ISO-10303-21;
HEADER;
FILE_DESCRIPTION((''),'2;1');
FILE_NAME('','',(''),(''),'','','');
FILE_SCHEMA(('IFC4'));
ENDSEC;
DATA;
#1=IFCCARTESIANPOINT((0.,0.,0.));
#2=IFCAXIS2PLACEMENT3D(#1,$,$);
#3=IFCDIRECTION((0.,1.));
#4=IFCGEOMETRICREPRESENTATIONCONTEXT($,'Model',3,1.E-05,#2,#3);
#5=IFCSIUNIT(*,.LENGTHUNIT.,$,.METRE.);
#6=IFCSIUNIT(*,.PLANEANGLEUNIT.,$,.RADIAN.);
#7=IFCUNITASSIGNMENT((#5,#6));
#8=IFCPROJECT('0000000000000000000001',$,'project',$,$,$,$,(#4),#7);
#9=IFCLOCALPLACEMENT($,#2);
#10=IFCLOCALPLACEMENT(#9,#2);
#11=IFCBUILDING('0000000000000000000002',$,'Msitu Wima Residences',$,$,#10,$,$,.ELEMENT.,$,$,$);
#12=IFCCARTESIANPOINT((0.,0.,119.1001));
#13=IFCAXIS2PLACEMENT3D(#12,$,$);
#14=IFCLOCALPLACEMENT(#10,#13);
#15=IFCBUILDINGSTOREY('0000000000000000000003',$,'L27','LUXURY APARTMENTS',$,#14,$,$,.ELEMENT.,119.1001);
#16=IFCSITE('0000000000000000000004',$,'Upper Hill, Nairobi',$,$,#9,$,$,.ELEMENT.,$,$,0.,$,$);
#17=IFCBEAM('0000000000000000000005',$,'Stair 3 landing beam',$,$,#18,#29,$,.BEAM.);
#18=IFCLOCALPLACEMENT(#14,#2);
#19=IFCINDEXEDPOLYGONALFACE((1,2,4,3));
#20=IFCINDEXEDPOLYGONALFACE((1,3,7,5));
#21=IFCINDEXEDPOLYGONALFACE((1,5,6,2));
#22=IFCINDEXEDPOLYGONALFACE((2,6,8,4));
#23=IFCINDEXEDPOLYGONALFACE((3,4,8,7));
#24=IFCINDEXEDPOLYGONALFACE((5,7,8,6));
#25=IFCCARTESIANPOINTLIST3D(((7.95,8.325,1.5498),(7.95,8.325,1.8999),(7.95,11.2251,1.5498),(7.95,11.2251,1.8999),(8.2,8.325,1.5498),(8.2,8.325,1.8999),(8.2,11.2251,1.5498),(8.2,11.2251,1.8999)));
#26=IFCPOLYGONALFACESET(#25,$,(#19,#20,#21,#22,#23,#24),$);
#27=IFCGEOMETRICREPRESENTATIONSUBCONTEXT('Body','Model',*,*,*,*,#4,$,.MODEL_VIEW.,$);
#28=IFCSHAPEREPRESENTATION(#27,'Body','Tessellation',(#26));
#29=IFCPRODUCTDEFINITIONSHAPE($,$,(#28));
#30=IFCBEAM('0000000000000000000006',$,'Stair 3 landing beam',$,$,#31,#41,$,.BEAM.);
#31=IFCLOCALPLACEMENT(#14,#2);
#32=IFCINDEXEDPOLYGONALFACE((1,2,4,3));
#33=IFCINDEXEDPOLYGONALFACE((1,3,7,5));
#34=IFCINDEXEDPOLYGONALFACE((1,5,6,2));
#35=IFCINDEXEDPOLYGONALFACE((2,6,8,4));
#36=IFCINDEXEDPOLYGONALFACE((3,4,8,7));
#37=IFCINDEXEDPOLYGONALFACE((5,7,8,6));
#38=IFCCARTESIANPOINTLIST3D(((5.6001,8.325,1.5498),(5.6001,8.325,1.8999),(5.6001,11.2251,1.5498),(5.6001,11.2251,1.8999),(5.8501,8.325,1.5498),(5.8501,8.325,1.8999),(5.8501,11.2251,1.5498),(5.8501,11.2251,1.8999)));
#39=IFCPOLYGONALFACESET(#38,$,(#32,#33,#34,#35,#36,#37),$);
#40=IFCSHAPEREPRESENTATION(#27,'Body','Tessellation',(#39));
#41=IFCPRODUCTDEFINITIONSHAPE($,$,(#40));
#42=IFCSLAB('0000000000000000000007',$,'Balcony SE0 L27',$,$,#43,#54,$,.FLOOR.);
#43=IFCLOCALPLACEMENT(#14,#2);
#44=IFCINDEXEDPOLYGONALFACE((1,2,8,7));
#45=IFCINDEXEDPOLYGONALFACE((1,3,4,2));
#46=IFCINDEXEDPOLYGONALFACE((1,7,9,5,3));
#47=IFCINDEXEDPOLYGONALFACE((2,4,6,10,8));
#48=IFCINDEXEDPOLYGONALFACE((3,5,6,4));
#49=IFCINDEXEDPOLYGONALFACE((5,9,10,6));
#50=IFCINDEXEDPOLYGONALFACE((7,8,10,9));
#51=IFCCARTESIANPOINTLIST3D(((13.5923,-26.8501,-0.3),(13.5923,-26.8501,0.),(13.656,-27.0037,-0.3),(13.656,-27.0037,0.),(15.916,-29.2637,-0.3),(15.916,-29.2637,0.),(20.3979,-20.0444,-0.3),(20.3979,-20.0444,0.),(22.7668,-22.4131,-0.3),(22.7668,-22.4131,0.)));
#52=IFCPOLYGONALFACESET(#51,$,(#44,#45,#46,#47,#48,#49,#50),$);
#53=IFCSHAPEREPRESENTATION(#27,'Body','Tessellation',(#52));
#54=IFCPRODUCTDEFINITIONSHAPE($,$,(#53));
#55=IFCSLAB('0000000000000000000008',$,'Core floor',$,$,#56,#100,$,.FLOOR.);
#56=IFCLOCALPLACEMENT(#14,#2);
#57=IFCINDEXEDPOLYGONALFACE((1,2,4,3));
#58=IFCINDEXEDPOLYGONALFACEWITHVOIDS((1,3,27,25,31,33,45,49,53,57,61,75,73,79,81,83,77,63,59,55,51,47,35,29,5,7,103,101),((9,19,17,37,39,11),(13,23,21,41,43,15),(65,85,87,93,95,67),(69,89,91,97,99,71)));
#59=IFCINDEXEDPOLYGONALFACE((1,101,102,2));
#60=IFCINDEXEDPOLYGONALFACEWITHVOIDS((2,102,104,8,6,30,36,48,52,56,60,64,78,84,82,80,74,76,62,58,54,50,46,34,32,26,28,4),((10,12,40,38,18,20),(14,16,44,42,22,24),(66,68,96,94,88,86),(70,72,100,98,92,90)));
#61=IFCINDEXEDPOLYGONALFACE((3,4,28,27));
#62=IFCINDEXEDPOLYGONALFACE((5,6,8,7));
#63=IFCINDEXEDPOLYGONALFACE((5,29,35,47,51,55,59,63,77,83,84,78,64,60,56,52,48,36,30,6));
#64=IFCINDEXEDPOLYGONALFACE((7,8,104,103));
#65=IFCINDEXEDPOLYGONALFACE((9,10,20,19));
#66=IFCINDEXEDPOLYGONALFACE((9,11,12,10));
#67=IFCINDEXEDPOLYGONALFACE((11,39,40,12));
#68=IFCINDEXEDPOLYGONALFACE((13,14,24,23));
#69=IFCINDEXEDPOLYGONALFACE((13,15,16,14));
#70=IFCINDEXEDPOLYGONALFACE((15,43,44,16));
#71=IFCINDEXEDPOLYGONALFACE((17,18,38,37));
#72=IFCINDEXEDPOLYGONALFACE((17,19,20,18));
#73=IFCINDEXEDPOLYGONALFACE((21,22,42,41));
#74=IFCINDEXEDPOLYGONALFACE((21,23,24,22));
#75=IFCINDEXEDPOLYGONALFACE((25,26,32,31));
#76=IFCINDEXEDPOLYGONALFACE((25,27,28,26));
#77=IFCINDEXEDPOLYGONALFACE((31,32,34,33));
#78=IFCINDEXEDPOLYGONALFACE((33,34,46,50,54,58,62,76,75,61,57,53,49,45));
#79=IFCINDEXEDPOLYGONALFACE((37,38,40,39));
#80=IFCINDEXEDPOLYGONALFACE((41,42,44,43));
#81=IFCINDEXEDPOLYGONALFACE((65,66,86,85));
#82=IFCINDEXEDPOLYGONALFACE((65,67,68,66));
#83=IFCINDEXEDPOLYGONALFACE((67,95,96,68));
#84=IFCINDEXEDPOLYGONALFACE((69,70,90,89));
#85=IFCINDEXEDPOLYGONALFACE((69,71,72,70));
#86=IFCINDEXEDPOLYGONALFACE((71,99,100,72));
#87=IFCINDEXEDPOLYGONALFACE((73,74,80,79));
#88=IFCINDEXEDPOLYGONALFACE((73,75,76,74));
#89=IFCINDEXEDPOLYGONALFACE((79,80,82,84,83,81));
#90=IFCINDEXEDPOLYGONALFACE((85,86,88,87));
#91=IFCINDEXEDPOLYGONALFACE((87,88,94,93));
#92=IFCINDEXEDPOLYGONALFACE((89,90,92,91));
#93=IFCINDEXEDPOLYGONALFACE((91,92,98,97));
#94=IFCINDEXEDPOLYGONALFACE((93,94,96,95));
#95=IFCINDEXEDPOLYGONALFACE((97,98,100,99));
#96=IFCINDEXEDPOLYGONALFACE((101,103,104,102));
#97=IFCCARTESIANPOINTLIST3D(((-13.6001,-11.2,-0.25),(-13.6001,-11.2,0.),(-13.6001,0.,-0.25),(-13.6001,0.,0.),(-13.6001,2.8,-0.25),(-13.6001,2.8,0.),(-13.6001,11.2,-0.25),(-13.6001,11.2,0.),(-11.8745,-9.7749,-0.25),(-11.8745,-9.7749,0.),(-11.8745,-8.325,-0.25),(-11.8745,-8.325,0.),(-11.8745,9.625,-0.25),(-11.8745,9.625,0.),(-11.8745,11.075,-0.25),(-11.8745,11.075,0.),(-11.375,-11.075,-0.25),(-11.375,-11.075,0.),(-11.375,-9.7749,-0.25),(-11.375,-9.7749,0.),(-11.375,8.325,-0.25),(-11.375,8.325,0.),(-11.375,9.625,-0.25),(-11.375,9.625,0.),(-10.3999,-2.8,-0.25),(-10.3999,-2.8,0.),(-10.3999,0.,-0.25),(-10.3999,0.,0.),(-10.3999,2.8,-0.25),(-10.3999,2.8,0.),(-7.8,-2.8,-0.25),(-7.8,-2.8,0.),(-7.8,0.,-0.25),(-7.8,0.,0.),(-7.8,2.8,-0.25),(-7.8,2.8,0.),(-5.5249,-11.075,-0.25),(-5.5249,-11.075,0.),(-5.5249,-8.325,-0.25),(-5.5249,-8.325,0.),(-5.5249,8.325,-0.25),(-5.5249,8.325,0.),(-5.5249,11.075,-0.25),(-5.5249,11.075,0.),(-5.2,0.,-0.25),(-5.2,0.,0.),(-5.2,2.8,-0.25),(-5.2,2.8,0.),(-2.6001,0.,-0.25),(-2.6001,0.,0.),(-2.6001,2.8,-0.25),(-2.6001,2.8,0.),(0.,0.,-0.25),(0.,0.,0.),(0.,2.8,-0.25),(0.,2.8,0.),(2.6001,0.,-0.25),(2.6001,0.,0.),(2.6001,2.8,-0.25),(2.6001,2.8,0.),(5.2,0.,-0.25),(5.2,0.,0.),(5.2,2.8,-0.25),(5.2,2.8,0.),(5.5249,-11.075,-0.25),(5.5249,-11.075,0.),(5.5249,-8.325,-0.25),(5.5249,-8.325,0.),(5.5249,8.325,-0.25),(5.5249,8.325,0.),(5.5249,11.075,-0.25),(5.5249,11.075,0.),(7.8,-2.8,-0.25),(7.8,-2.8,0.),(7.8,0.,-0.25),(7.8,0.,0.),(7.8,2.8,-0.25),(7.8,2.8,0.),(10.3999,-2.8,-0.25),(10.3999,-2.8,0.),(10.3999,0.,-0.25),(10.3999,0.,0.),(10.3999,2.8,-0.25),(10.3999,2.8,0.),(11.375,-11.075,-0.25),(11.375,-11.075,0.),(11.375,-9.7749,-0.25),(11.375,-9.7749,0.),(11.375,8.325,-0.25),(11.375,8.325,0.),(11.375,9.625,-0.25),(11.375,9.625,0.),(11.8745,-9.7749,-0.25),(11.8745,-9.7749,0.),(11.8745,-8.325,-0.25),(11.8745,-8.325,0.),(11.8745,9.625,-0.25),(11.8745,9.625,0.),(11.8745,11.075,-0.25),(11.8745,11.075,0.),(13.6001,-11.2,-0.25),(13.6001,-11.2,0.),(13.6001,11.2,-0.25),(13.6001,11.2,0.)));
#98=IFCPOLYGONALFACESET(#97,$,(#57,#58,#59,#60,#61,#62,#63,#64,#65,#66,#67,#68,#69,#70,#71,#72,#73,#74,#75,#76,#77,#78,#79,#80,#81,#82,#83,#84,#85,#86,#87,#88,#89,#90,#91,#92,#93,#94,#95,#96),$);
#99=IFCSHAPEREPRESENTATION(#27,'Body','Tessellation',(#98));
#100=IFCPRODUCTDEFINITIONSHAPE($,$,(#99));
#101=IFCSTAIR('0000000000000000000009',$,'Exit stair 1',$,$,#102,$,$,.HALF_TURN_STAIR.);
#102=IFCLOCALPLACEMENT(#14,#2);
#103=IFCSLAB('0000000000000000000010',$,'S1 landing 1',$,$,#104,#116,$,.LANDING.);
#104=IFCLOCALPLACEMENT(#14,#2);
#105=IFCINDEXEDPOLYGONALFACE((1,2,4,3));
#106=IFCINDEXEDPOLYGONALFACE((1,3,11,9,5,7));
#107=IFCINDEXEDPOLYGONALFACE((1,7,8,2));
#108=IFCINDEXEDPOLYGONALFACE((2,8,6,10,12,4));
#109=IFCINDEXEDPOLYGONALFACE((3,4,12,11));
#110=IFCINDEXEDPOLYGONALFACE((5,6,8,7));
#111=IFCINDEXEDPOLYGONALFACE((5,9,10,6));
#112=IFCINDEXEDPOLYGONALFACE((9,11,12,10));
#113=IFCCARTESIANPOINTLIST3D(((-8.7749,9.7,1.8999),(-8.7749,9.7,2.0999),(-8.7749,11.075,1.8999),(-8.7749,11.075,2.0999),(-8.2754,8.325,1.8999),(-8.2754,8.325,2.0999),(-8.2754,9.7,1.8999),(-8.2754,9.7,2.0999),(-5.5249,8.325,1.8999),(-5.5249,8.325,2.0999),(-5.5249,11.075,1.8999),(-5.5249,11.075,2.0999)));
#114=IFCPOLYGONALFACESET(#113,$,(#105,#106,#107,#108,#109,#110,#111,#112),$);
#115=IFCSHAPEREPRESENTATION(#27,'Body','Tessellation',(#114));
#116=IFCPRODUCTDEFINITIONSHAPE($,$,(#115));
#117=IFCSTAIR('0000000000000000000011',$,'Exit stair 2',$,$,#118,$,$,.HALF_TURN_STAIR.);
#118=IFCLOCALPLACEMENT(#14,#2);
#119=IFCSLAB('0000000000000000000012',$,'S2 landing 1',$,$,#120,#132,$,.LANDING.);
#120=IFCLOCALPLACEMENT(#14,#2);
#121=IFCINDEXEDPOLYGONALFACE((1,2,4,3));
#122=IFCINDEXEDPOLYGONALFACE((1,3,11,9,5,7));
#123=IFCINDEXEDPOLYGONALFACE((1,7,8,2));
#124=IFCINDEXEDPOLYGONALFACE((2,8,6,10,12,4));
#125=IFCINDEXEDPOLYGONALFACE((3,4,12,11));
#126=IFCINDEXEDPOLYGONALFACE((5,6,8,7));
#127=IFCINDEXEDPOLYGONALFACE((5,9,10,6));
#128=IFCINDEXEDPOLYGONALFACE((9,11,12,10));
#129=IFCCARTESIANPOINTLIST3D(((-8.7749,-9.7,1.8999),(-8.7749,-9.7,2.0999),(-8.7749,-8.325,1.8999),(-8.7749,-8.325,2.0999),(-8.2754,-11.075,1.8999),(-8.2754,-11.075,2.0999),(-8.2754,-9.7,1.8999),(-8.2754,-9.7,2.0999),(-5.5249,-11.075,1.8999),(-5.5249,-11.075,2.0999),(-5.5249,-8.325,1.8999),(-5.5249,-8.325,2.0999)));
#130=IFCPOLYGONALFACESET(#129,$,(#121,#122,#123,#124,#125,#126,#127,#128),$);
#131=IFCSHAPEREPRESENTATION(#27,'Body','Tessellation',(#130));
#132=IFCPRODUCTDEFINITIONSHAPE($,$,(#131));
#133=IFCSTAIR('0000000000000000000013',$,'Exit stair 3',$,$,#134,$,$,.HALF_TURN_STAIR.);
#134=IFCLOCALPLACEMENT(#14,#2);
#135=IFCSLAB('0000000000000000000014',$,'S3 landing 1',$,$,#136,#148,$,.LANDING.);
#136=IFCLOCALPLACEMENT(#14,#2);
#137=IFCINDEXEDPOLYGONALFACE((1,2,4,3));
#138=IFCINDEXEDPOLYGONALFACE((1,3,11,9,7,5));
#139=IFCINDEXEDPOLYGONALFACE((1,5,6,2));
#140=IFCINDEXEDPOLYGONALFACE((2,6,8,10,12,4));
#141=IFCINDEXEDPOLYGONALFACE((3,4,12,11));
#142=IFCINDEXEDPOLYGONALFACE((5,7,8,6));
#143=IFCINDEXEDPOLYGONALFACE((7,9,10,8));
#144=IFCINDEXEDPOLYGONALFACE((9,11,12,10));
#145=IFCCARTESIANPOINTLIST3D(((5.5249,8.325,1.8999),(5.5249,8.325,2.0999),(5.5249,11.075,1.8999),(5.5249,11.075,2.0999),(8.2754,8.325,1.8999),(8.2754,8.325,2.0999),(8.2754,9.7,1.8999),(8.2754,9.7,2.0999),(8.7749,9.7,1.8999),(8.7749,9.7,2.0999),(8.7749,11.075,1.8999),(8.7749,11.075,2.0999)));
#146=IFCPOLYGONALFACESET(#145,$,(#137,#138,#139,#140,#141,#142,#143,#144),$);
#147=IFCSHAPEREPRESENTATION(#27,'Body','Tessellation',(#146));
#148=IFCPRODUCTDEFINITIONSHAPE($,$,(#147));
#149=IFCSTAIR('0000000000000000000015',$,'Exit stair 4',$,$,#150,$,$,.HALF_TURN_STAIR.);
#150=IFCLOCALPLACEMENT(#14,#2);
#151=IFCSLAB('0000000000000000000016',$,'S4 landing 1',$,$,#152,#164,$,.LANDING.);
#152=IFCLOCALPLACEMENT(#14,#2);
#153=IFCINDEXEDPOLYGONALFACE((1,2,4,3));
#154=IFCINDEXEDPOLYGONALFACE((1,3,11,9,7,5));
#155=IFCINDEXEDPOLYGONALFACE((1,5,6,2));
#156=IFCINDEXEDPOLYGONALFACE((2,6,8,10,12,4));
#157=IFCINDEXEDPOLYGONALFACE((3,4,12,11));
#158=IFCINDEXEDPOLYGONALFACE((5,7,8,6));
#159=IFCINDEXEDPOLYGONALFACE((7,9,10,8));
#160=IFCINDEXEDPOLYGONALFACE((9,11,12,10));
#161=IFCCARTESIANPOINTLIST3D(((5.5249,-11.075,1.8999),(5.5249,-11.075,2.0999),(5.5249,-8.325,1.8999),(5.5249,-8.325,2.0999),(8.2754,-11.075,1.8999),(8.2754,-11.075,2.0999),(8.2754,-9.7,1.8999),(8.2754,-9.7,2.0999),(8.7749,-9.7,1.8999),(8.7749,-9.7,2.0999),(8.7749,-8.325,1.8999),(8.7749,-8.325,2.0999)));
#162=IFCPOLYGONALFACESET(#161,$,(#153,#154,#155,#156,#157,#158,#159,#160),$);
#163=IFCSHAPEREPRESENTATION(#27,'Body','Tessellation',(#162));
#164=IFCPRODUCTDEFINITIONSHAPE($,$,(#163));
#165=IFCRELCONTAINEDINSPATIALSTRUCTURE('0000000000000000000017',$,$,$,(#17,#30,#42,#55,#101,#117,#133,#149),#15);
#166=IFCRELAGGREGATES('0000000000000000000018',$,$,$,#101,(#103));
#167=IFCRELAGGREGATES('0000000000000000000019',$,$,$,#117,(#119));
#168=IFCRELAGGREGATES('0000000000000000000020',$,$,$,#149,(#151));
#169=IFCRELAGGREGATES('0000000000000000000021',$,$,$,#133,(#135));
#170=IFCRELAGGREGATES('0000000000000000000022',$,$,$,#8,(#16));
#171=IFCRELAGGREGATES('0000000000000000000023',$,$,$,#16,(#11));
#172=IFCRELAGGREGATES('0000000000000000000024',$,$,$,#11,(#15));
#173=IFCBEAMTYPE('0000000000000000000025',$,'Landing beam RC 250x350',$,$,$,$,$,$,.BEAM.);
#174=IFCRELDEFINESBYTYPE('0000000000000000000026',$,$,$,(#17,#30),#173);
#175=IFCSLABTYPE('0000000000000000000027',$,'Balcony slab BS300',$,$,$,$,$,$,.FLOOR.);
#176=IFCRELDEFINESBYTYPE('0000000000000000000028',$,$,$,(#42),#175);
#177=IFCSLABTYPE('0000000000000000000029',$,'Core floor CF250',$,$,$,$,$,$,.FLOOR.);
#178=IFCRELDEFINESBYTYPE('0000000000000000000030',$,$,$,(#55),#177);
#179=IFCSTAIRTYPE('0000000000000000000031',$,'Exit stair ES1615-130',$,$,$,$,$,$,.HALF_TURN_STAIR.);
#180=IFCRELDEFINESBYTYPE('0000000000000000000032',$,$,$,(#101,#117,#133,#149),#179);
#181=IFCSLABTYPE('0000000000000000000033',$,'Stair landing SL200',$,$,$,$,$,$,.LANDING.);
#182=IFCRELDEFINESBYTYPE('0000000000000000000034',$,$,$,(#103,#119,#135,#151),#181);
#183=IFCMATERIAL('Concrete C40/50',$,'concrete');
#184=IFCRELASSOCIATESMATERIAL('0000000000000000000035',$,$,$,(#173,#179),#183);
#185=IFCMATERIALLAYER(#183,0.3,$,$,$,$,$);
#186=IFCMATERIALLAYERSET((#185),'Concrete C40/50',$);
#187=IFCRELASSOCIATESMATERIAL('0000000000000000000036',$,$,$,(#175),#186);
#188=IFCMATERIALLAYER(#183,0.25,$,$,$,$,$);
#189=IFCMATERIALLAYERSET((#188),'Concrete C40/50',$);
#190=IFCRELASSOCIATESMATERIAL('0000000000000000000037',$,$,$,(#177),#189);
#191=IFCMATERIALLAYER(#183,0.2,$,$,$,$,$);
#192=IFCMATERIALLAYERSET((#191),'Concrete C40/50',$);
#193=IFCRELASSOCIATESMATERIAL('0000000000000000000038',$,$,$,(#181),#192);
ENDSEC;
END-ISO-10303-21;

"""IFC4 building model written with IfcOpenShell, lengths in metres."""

from ifc_helpers import new_model, si_unit, direction, frame, origin, origin_2d, place, context, subcontext, project, spatial, polyline, rectangle, outline, extrude, material, layer, layer_set, material_profile, profile_set, type_object, element, aggregate, save


model = new_model("IFC4")

# Units and contexts
model_context = context("Model", 3, precision=1e-05, world=origin(), true_north=direction((0.0, 1.0)))
body_context = subcontext(model_context, "Body", "Model", "MODEL_VIEW")
ifc_project = project(units=[si_unit("LENGTHUNIT", "METRE"), si_unit("PLANEANGLEUNIT", "RADIAN")], contexts=[model_context])

# Site, building, storey
site_placement = place(None, origin())
site = spatial("IfcSite", under=ifc_project, at=site_placement, Name="Upper Hill, Nairobi", CompositionType="ELEMENT", RefElevation=0.0)
building_placement = place(site_placement, origin())
building = spatial("IfcBuilding", under=site, at=building_placement, Name="Msitu Wima Residences", CompositionType="ELEMENT")
storey_placement = place(building_placement, frame((0.0, 0.0, 119.1001)))
storey = spatial("IfcBuildingStorey", under=building, at=storey_placement, Name="L27", Description="LUXURY APARTMENTS", CompositionType="ELEMENT", Elevation=119.1001)

# Beams
ifc_material_1 = material(Name="Concrete C40/50", Category="concrete")
ifc_material_profile = material_profile(ifc_material_1, rectangle(XDim=0.25, YDim=0.3501, at=origin_2d()), Name="RC 250x350")
ifc_profile_set = profile_set([ifc_material_profile], Name="Concrete C40/50")
beam_type = type_object("IfcBeamType", Name="Landing beam RC 250x350", PredefinedType="BEAM", material=ifc_profile_set)
for number, where, z_axis, x_axis, name in (
    (1, (8.075, 8.325, 1.7249), (0.0, 1.0, 0.0), (-1.0, 0.0, 0.0), "Stair 3 landing beam"),
    (2, (5.7251, 8.325, 1.7249), (0.0, 1.0, 0.0), (-1.0, 0.0, 0.0), "Stair 3 landing beam"),
):
    element("IfcBeam", number, at=place(storey_placement, frame(where, z_axis=z_axis, x_axis=x_axis)), inside=storey, type_object=beam_type, Name=name, PredefinedType="BEAM", context=body_context, shape_type="SweptSolid", body=[
        extrude(rectangle(XDim=0.25, YDim=0.3501, at=origin_2d()), origin(), (0.0, 0.0, 1.0), 2.9001),
    ])

# Slabs
ifc_layer_1 = layer(ifc_material_1, 0.3)
ifc_layer_set_1 = layer_set([ifc_layer_1], Name="Concrete C40/50")
slab_type_1 = type_object("IfcSlabType", Name="Balcony slab BS300", PredefinedType="FLOOR", material=ifc_layer_set_1)
slab_1_placement = place(storey_placement, frame((0.0, 0.0, -0.3)))
element("IfcSlab", 3, at=slab_1_placement, inside=storey, type_object=slab_type_1, Name="Balcony SE0 L27", PredefinedType="FLOOR", context=body_context, shape_type="SweptSolid", body=[
    extrude(outline(polyline([(22.7668, -22.4131), (15.916, -29.2637), (13.656, -27.0037), (13.5923, -26.8501), (20.3979, -20.0444), (22.7668, -22.4131)])), origin(), (0.0, 0.0, 1.0), 0.3),
])
ifc_layer_2 = layer(ifc_material_1, 0.25)
ifc_layer_set_2 = layer_set([ifc_layer_2], Name="Concrete C40/50")
slab_type_2 = type_object("IfcSlabType", Name="Core floor CF250", PredefinedType="FLOOR", material=ifc_layer_set_2)
slab_2_placement = place(storey_placement, frame((0.0, 0.0, -0.25)))
element("IfcSlab", 4, at=slab_2_placement, inside=storey, type_object=slab_type_2, Name="Core floor", PredefinedType="FLOOR", context=body_context, shape_type="SweptSolid", body=[
    extrude(outline(polyline([(-13.6001, 11.2), (-13.6001, 2.8), (-10.3999, 2.8), (-7.8, 2.8), (-5.2, 2.8), (-2.6001, 2.8), (0.0, 2.8), (2.6001, 2.8), (5.2, 2.8), (7.8, 2.8), (10.3999, 2.8), (10.3999, 0.0), (10.3999, -2.8), (7.8, -2.8), (7.8, 0.0), (5.2, 0.0), (2.6001, 0.0), (0.0, 0.0), (-2.6001, 0.0), (-5.2, 0.0), (-7.8, 0.0), (-7.8, -2.8), (-10.3999, -2.8), (-10.3999, 0.0), (-13.6001, 0.0), (-13.6001, -11.2), (13.6001, -11.2), (13.6001, 11.2), (-13.6001, 11.2)]), holes=[polyline([(-11.375, -11.075), (-11.375, -9.7749), (-11.8745, -9.7749), (-11.8745, -8.325), (-5.5249, -8.325), (-5.5249, -11.075), (-11.375, -11.075)]), polyline([(-11.375, 9.625), (-11.8745, 9.625), (-11.8745, 11.075), (-5.5249, 11.075), (-5.5249, 8.325), (-11.375, 8.325), (-11.375, 9.625)]), polyline([(11.375, -9.7749), (11.375, -11.075), (5.5249, -11.075), (5.5249, -8.325), (11.8745, -8.325), (11.8745, -9.7749), (11.375, -9.7749)]), polyline([(11.375, 9.625), (11.375, 8.325), (5.5249, 8.325), (5.5249, 11.075), (11.8745, 11.075), (11.8745, 9.625), (11.375, 9.625)])]), origin(), (0.0, 0.0, 1.0), 0.25),
])

# Stairs, slabs
stair_type = type_object("IfcStairType", Name="Exit stair ES1615-130", PredefinedType="HALF_TURN_STAIR", material=ifc_material_1)
stair_1_placement = place(storey_placement, origin())
stair_1 = element("IfcStair", 5, at=stair_1_placement, inside=storey, type_object=stair_type, Name="Exit stair 1", PredefinedType="HALF_TURN_STAIR")
ifc_layer_3 = layer(ifc_material_1, 0.2)
ifc_layer_set_3 = layer_set([ifc_layer_3], Name="Concrete C40/50")
slab_type_3 = type_object("IfcSlabType", Name="Stair landing SL200", PredefinedType="LANDING", material=ifc_layer_set_3)
slab_3_placement = place(storey_placement, frame((0.0, 0.0, 1.8999)))
slab_3 = element("IfcSlab", 6, at=slab_3_placement, type_object=slab_type_3, Name="S1 landing 1", PredefinedType="LANDING", context=body_context, shape_type="SweptSolid", body=[
    extrude(outline(polyline([(-5.5249, 8.325), (-8.2754, 8.325), (-8.2754, 9.7), (-8.7749, 9.7), (-8.7749, 11.075), (-5.5249, 11.075), (-5.5249, 8.325)])), origin(), (0.0, 0.0, 1.0), 0.2),
])
aggregate(stair_1, [slab_3])
stair_2_placement = place(storey_placement, origin())
stair_2 = element("IfcStair", 7, at=stair_2_placement, inside=storey, type_object=stair_type, Name="Exit stair 2", PredefinedType="HALF_TURN_STAIR")
slab_4_placement = place(storey_placement, frame((0.0, 0.0, 1.8999)))
slab_4 = element("IfcSlab", 8, at=slab_4_placement, type_object=slab_type_3, Name="S2 landing 1", PredefinedType="LANDING", context=body_context, shape_type="SweptSolid", body=[
    extrude(outline(polyline([(-5.5249, -11.075), (-8.2754, -11.075), (-8.2754, -9.7), (-8.7749, -9.7), (-8.7749, -8.325), (-5.5249, -8.325), (-5.5249, -11.075)])), origin(), (0.0, 0.0, 1.0), 0.2),
])
aggregate(stair_2, [slab_4])
stair_3_placement = place(storey_placement, origin())
stair_3 = element("IfcStair", 9, at=stair_3_placement, inside=storey, type_object=stair_type, Name="Exit stair 3", PredefinedType="HALF_TURN_STAIR")
slab_5_placement = place(storey_placement, frame((0.0, 0.0, 1.8999)))
slab_5 = element("IfcSlab", 10, at=slab_5_placement, type_object=slab_type_3, Name="S3 landing 1", PredefinedType="LANDING", context=body_context, shape_type="SweptSolid", body=[
    extrude(outline(polyline([(5.5249, 8.325), (8.2754, 8.325), (8.2754, 9.7), (8.7749, 9.7), (8.7749, 11.075), (5.5249, 11.075), (5.5249, 8.325)])), origin(), (0.0, 0.0, 1.0), 0.2),
])
stair_4_placement = place(storey_placement, origin())
stair_4 = element("IfcStair", 11, at=stair_4_placement, inside=storey, type_object=stair_type, Name="Exit stair 4", PredefinedType="HALF_TURN_STAIR")
slab_6_placement = place(storey_placement, frame((0.0, 0.0, 1.8999)))
slab_6 = element("IfcSlab", 12, at=slab_6_placement, type_object=slab_type_3, Name="S4 landing 1", PredefinedType="LANDING", context=body_context, shape_type="SweptSolid", body=[
    extrude(outline(polyline([(5.5249, -11.075), (8.2754, -11.075), (8.2754, -9.7), (8.7749, -9.7), (8.7749, -8.325), (5.5249, -8.325), (5.5249, -11.075)])), origin(), (0.0, 0.0, 1.0), 0.2),
])
aggregate(stair_4, [slab_6])

aggregate(stair_3, [slab_5])

save(model, "model.ifc")
